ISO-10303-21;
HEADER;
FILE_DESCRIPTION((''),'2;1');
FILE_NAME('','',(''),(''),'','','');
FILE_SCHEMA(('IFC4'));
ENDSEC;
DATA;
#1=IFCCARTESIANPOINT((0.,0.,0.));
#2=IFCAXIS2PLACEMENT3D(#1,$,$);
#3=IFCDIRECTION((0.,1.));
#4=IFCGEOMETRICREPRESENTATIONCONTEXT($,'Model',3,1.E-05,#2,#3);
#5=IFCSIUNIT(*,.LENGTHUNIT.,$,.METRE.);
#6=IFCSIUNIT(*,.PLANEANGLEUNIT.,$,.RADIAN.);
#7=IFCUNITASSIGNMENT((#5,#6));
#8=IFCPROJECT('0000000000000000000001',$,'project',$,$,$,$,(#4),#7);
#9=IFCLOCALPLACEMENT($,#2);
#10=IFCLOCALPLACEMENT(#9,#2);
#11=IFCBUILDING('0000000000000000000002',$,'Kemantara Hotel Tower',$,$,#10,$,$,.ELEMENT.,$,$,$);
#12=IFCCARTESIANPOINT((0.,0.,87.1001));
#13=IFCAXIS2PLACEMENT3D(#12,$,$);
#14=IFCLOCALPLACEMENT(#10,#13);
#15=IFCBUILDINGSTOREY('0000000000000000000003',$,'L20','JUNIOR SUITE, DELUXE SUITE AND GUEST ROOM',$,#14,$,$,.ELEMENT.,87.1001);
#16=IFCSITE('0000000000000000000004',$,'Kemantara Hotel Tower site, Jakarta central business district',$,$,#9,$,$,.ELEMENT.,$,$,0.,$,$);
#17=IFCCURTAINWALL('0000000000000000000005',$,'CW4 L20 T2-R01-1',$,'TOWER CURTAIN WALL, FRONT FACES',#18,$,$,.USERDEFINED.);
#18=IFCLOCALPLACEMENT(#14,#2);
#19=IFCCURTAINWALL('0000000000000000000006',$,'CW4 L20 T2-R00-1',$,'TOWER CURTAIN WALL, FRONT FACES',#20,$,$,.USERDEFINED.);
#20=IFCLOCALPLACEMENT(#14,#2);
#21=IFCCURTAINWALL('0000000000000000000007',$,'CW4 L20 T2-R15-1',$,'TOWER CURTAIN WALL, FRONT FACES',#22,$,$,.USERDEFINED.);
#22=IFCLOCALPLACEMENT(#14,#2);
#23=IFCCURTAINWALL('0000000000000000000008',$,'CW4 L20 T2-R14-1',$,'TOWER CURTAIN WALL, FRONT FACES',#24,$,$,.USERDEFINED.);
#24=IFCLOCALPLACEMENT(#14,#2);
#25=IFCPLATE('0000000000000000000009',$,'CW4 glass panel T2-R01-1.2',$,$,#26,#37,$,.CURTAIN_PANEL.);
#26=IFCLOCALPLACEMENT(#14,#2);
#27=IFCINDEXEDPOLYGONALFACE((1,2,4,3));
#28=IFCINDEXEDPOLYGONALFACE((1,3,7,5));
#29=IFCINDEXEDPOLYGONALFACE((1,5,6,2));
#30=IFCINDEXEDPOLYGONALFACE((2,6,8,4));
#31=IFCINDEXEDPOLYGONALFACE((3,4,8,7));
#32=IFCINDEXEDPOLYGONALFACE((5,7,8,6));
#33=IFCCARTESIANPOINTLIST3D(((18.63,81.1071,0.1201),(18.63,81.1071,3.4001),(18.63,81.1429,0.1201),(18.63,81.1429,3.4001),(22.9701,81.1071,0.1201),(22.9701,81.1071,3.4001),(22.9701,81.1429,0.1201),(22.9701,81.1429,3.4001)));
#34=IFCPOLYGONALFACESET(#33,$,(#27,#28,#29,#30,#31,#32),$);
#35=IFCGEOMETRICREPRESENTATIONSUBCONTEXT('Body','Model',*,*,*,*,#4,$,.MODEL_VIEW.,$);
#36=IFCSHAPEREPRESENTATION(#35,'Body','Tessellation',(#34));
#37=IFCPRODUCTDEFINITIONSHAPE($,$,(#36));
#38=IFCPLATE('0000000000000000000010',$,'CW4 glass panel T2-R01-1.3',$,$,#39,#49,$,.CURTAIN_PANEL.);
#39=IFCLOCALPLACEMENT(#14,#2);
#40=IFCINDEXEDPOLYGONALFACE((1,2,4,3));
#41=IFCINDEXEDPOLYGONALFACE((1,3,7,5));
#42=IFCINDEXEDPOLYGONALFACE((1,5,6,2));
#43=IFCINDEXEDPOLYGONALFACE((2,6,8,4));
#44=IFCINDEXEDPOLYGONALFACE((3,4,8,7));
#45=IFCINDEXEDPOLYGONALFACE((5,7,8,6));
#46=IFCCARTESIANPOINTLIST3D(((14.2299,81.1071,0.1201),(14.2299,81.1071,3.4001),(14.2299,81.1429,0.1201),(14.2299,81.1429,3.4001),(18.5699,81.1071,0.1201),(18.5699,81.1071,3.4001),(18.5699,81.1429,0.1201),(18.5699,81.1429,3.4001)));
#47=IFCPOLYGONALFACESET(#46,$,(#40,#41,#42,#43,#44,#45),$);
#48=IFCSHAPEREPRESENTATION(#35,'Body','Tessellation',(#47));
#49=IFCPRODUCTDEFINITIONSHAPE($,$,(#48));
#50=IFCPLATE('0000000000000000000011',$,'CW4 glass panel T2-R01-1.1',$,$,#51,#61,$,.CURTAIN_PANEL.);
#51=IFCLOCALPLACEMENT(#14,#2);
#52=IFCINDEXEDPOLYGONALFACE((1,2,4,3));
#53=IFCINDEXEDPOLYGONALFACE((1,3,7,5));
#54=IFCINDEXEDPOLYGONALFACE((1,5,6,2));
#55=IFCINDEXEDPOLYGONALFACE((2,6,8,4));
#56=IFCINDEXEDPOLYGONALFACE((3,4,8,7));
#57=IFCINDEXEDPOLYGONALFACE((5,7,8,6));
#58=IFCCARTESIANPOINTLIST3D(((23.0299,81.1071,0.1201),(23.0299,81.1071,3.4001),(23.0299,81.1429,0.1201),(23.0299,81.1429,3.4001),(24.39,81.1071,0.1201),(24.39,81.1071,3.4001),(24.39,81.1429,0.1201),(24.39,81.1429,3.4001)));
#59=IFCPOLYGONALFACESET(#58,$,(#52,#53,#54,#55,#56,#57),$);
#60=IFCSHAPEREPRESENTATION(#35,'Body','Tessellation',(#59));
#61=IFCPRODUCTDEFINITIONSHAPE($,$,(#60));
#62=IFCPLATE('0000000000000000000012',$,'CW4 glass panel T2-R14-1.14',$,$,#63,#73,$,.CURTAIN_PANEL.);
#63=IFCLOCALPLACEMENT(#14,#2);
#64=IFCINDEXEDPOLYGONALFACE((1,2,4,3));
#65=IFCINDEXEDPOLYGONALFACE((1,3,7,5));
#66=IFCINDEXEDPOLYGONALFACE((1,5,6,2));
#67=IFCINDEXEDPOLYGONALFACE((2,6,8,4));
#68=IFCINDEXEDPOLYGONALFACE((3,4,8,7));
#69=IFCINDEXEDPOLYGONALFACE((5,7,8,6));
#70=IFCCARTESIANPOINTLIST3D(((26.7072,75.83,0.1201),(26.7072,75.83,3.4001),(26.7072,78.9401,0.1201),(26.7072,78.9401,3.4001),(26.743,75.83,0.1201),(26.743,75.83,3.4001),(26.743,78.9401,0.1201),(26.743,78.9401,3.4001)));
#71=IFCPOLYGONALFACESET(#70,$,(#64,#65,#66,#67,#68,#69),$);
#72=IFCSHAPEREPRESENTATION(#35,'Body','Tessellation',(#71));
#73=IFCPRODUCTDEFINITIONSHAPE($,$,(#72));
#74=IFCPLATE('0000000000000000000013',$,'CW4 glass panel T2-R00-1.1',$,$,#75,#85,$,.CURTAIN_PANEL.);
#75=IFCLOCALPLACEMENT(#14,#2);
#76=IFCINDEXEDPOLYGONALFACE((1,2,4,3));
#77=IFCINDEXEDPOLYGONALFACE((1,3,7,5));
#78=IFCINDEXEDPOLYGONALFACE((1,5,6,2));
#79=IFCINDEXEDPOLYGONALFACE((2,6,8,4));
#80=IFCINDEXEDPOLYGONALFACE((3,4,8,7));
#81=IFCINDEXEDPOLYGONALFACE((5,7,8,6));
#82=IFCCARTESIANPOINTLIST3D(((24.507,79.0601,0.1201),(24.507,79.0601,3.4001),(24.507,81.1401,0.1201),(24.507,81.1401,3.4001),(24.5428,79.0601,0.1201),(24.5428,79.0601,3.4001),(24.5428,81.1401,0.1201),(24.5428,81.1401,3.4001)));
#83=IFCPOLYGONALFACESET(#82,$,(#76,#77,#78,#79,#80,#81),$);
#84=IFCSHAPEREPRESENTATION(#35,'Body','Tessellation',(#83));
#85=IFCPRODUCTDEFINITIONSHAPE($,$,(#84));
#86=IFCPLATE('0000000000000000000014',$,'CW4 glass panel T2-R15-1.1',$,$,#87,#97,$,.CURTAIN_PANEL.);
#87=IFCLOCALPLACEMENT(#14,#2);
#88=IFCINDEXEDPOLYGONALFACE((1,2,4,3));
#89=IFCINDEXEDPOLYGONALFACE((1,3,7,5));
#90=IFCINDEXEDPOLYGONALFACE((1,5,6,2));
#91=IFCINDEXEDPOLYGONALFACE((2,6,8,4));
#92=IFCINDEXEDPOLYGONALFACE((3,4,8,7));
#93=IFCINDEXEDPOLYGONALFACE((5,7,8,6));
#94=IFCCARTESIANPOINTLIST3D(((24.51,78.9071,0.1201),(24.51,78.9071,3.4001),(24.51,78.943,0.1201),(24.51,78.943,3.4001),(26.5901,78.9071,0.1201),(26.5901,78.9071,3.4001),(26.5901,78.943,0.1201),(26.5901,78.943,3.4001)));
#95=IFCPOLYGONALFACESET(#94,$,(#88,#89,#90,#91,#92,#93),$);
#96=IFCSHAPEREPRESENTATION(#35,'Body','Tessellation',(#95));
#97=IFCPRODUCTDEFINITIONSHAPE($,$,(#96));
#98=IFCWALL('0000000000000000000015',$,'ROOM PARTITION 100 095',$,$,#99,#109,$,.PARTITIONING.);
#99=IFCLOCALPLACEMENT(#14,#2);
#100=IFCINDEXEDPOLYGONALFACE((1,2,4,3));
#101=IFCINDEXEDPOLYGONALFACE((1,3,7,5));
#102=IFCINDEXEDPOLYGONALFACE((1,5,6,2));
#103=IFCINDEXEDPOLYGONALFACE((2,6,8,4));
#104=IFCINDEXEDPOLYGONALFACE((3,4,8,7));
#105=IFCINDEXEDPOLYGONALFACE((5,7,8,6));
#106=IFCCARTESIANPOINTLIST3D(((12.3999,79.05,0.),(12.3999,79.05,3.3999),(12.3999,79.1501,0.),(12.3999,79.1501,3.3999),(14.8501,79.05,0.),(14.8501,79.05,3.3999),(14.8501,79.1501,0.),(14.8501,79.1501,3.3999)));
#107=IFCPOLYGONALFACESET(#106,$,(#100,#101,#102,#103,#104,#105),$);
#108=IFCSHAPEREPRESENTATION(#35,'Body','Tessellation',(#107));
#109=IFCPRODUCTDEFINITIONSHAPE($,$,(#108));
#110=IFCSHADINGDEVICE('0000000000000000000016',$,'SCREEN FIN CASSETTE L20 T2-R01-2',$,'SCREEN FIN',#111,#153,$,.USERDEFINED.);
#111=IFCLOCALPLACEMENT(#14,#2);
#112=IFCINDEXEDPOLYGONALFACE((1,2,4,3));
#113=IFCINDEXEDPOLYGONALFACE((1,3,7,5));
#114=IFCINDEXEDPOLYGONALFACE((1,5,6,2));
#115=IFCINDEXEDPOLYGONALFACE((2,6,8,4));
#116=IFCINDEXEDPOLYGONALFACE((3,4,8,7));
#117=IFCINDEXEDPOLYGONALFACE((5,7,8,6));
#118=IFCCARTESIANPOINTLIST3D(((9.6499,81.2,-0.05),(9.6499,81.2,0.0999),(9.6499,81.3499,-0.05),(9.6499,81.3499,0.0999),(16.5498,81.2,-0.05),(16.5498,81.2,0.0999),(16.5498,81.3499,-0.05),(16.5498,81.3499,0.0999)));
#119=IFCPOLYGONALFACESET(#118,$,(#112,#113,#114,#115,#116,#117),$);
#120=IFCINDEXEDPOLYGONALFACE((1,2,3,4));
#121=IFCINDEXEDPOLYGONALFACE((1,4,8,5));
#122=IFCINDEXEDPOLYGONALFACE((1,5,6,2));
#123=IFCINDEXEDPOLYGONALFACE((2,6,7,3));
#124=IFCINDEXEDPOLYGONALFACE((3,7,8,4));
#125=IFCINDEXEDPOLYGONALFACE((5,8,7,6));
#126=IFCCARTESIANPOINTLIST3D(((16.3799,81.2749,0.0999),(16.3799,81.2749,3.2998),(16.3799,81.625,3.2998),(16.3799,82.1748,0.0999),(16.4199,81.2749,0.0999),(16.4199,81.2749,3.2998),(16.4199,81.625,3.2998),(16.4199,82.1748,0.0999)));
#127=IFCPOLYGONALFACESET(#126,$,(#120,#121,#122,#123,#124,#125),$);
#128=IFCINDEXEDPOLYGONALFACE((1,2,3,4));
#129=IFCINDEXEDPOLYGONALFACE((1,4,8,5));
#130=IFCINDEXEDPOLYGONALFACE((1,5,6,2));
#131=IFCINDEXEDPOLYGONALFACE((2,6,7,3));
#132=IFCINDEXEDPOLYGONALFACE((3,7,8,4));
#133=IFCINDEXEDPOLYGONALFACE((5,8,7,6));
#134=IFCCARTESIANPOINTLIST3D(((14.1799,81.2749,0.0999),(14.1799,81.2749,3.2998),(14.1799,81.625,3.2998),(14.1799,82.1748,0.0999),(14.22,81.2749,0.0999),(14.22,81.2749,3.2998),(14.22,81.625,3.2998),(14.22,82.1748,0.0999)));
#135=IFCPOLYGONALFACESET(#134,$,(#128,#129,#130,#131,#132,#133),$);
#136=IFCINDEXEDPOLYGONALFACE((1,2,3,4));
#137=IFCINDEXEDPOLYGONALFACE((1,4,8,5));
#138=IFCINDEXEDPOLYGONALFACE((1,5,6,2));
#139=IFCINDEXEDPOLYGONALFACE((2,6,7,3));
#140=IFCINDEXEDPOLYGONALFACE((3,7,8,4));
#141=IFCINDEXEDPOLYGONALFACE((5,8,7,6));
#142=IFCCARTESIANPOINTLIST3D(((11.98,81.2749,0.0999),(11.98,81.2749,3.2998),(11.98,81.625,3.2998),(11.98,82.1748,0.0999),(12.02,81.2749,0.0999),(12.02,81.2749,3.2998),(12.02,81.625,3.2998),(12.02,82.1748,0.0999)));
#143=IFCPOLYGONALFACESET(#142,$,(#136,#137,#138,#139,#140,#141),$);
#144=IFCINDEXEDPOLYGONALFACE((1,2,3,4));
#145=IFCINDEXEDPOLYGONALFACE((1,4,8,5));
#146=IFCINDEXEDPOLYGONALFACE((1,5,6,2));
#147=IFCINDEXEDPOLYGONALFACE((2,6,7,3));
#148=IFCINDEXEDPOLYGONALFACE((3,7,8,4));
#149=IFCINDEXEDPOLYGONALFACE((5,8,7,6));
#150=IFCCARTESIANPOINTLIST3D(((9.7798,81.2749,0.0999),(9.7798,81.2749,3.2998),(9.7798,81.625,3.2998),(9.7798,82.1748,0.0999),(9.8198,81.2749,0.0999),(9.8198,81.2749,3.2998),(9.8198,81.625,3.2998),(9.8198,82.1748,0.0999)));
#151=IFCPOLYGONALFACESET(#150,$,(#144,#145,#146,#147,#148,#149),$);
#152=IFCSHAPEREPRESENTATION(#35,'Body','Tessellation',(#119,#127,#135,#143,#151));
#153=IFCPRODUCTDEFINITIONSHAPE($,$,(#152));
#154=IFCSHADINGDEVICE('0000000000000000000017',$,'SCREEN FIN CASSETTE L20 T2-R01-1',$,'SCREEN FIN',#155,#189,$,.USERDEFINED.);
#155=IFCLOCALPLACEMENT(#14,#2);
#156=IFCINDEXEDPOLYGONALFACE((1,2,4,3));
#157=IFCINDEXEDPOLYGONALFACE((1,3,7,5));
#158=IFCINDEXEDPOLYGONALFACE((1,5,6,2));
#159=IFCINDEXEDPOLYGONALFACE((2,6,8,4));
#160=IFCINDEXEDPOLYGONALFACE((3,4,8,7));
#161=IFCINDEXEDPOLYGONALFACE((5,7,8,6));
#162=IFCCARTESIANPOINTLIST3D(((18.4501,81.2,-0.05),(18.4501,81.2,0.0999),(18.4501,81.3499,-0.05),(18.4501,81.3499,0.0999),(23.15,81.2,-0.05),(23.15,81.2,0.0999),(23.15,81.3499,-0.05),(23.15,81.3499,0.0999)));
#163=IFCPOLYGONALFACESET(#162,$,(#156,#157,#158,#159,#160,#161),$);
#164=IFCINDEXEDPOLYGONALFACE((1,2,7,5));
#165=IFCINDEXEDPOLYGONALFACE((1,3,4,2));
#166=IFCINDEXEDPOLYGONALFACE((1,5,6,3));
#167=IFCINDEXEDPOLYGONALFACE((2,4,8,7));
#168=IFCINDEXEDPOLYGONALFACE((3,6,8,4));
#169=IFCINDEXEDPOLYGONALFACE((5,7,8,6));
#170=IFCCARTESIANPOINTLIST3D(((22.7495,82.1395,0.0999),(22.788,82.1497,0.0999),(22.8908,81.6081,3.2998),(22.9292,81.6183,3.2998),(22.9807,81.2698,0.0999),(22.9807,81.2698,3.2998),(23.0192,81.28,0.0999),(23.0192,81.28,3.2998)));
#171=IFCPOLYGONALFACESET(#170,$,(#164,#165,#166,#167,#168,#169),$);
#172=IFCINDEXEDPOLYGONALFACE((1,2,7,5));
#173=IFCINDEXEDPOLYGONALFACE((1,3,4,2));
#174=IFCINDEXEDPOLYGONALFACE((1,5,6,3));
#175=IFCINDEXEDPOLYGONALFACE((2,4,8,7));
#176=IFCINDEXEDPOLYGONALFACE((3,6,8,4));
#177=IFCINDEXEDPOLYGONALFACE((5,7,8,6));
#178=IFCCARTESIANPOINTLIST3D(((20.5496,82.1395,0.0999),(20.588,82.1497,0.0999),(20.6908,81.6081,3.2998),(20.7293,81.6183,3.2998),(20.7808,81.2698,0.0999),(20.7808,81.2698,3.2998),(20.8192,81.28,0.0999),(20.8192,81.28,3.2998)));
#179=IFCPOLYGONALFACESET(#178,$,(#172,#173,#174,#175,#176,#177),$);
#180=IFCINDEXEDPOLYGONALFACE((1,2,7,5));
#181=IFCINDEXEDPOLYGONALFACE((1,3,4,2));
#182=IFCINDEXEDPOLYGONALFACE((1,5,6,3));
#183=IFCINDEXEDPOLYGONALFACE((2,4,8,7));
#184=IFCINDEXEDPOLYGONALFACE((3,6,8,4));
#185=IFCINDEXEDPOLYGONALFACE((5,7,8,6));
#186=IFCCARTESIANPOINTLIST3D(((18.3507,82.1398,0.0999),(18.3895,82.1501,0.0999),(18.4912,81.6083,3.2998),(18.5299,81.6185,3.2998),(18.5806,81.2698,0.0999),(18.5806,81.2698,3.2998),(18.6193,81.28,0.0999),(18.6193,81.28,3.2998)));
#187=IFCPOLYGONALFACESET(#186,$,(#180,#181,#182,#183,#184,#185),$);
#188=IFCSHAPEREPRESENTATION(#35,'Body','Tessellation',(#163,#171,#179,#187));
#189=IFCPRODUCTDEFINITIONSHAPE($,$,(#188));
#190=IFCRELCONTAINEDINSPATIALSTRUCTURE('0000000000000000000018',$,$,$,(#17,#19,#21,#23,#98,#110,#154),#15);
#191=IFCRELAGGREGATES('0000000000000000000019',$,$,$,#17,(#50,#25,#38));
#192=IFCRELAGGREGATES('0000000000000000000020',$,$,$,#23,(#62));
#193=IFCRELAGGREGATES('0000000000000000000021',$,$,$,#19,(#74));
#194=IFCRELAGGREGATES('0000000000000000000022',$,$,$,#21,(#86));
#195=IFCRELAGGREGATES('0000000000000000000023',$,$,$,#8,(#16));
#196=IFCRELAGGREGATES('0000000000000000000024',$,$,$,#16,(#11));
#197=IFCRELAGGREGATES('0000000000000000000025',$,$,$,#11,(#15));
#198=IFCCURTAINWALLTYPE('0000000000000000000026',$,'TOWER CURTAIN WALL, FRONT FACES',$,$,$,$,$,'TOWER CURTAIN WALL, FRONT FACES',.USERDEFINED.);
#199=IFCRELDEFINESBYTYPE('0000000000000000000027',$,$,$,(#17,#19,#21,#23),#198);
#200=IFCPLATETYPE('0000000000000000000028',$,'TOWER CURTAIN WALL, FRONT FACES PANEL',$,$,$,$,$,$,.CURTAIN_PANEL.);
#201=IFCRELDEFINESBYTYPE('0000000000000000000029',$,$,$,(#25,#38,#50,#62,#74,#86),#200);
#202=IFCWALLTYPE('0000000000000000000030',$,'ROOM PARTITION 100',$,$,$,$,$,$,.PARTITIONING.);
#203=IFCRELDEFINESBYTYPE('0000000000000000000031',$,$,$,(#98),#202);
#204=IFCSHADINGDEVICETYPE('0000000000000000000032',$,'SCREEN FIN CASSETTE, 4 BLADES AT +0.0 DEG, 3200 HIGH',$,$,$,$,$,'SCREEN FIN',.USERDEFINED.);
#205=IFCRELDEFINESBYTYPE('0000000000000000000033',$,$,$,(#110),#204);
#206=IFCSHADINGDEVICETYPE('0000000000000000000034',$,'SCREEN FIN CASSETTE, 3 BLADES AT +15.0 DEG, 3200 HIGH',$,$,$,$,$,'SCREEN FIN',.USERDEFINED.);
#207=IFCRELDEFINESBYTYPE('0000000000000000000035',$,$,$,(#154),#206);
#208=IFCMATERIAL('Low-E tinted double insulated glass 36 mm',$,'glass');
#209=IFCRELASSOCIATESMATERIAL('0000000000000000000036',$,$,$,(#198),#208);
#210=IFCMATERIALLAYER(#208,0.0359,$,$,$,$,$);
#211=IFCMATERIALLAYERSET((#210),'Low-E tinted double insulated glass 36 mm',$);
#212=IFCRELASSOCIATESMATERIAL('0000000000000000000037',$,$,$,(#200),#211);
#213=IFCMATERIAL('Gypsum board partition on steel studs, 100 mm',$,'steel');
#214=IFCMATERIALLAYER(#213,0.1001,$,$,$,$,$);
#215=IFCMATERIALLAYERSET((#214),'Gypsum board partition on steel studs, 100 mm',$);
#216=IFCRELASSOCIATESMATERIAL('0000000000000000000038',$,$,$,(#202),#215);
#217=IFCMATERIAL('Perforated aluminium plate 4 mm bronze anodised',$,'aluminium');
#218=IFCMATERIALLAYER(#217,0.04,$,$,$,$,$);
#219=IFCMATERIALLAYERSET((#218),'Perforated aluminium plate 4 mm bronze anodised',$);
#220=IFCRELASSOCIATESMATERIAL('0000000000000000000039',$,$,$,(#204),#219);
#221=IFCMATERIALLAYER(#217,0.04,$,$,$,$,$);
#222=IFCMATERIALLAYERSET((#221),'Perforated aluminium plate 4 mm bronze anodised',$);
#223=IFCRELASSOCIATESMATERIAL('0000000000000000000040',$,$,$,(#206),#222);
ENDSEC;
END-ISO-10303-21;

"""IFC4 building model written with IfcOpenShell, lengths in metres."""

from ifc_helpers import new_model, si_unit, direction, frame, frame_2d, origin, origin_2d, place, context, subcontext, project, spatial, polyline, rectangle, outline, extrude, source, transform, mapped, material, layer, layer_set, type_object, element, aggregate, save


model = new_model("IFC4")

# Units and contexts
model_context = context("Model", 3, precision=1e-05, world=origin(), true_north=direction((0.0, 1.0)))
body_context = subcontext(model_context, "Body", "Model", "MODEL_VIEW")
ifc_project = project(units=[si_unit("LENGTHUNIT", "METRE"), si_unit("PLANEANGLEUNIT", "RADIAN")], contexts=[model_context])

# Site, building, storey
site_placement = place(None, origin())
site = spatial("IfcSite", under=ifc_project, at=site_placement, Name="Kemantara Hotel Tower site, Jakarta central business district", CompositionType="ELEMENT", RefElevation=0.0)
building_placement = place(site_placement, origin())
building = spatial("IfcBuilding", under=site, at=building_placement, Name="Kemantara Hotel Tower", CompositionType="ELEMENT")
storey_placement = place(building_placement, frame((0.0, 0.0, 87.1001)))
storey = spatial("IfcBuildingStorey", under=building, at=storey_placement, Name="L20", Description="JUNIOR SUITE, DELUXE SUITE AND GUEST ROOM", CompositionType="ELEMENT", Elevation=87.1001)

# Curtain walls
ifc_material_1 = material(Name="Low-E tinted double insulated glass 36 mm", Category="glass")
curtain_wall_type = type_object("IfcCurtainWallType", Name="TOWER CURTAIN WALL, FRONT FACES", ElementType="TOWER CURTAIN WALL, FRONT FACES", PredefinedType="USERDEFINED", material=ifc_material_1)
curtain_wall_1_placement = place(storey_placement, origin())
curtain_wall_1 = element("IfcCurtainWall", 1, at=curtain_wall_1_placement, inside=storey, type_object=curtain_wall_type, Name="CW4 L20 T2-R01-1", ObjectType="TOWER CURTAIN WALL, FRONT FACES", PredefinedType="USERDEFINED")
curtain_wall_2_placement = place(storey_placement, origin())
curtain_wall_2 = element("IfcCurtainWall", 2, at=curtain_wall_2_placement, inside=storey, type_object=curtain_wall_type, Name="CW4 L20 T2-R00-1", ObjectType="TOWER CURTAIN WALL, FRONT FACES", PredefinedType="USERDEFINED")
curtain_wall_3_placement = place(storey_placement, origin())
curtain_wall_3 = element("IfcCurtainWall", 3, at=curtain_wall_3_placement, inside=storey, type_object=curtain_wall_type, Name="CW4 L20 T2-R15-1", ObjectType="TOWER CURTAIN WALL, FRONT FACES", PredefinedType="USERDEFINED")

# Curtain wall
curtain_wall_4_placement = place(storey_placement, origin())
curtain_wall_4 = element("IfcCurtainWall", 4, at=curtain_wall_4_placement, inside=storey, type_object=curtain_wall_type, Name="CW4 L20 T2-R14-1", ObjectType="TOWER CURTAIN WALL, FRONT FACES", PredefinedType="USERDEFINED")

# Plates
ifc_layer_1 = layer(ifc_material_1, 0.0359)
ifc_layer_set_1 = layer_set([ifc_layer_1], Name="Low-E tinted double insulated glass 36 mm")
plate_type = type_object("IfcPlateType", Name="TOWER CURTAIN WALL, FRONT FACES PANEL", PredefinedType="CURTAIN_PANEL", material=ifc_layer_set_1)
shared_shape_1 = source(origin(), body_context, "Body", "SweptSolid", [
    extrude(rectangle(XDim=4.3401, YDim=0.0359, at=origin_2d()), origin(), (0.0, 0.0, 1.0), 3.28),
])
plate_1_placement = place(storey_placement, frame((20.8, 81.125, 0.1201), z_axis=(0.0, 0.0, 1.0), x_axis=(-1.0, 0.0, 0.0)))
plate_1 = element("IfcPlate", 5, at=plate_1_placement, type_object=plate_type, Name="CW4 glass panel T2-R01-1.2", PredefinedType="CURTAIN_PANEL", context=body_context, shape_type="MappedRepresentation", body=[
    mapped(shared_shape_1, transform((0.0, 0.0, 0.0))),
])
plate_2_placement = place(storey_placement, frame((16.3999, 81.125, 0.1201), z_axis=(0.0, 0.0, 1.0), x_axis=(-1.0, 0.0, 0.0)))
plate_2 = element("IfcPlate", 6, at=plate_2_placement, type_object=plate_type, Name="CW4 glass panel T2-R01-1.3", PredefinedType="CURTAIN_PANEL", context=body_context, shape_type="MappedRepresentation", body=[
    mapped(shared_shape_1, transform((0.0, 0.0, 0.0))),
])
shared_shape_2 = source(origin(), body_context, "Body", "SweptSolid", [
    extrude(rectangle(XDim=1.3601, YDim=0.0359, at=origin_2d()), origin(), (0.0, 0.0, 1.0), 3.28),
])
plate_3_placement = place(storey_placement, frame((23.71, 81.125, 0.1201), z_axis=(0.0, 0.0, 1.0), x_axis=(-1.0, 0.0, 0.0)))
plate_3 = element("IfcPlate", 7, at=plate_3_placement, type_object=plate_type, Name="CW4 glass panel T2-R01-1.1", PredefinedType="CURTAIN_PANEL", context=body_context, shape_type="MappedRepresentation", body=[
    mapped(shared_shape_2, transform((0.0, 0.0, 0.0))),
])
aggregate(curtain_wall_1, [plate_3, plate_1, plate_2])
shared_shape_3 = source(origin(), body_context, "Body", "SweptSolid", [
    extrude(rectangle(XDim=3.1101, YDim=0.0359, at=origin_2d()), origin(), (0.0, 0.0, 1.0), 3.28),
])
plate_4_placement = place(storey_placement, frame((26.7251, 77.385, 0.1201), z_axis=(0.0, 0.0, 1.0), x_axis=(0.0, 1.0, 0.0)))
plate_4 = element("IfcPlate", 8, at=plate_4_placement, type_object=plate_type, Name="CW4 glass panel T2-R14-1.14", PredefinedType="CURTAIN_PANEL", context=body_context, shape_type="MappedRepresentation", body=[
    mapped(shared_shape_3, transform((0.0, 0.0, 0.0))),
])
aggregate(curtain_wall_4, [plate_4])
shared_shape_4 = source(origin(), body_context, "Body", "SweptSolid", [
    extrude(rectangle(XDim=2.0801, YDim=0.0359, at=origin_2d()), origin(), (0.0, 0.0, 1.0), 3.28),
])
plate_5_placement = place(storey_placement, frame((24.5249, 80.1001, 0.1201), z_axis=(0.0, 0.0, 1.0), x_axis=(0.0, 1.0, 0.0)))
plate_5 = element("IfcPlate", 9, at=plate_5_placement, type_object=plate_type, Name="CW4 glass panel T2-R00-1.1", PredefinedType="CURTAIN_PANEL", context=body_context, shape_type="MappedRepresentation", body=[
    mapped(shared_shape_4, transform((0.0, 0.0, 0.0))),
])
aggregate(curtain_wall_2, [plate_5])
plate_6_placement = place(storey_placement, frame((25.55, 78.925, 0.1201), z_axis=(0.0, 0.0, 1.0), x_axis=(-1.0, 0.0, 0.0)))
plate_6 = element("IfcPlate", 10, at=plate_6_placement, type_object=plate_type, Name="CW4 glass panel T2-R15-1.1", PredefinedType="CURTAIN_PANEL", context=body_context, shape_type="MappedRepresentation", body=[
    mapped(shared_shape_4, transform((0.0, 0.0, 0.0))),
])
aggregate(curtain_wall_3, [plate_6])

# Wall
ifc_material_2 = material(Name="Gypsum board partition on steel studs, 100 mm", Category="steel")
ifc_layer_2 = layer(ifc_material_2, 0.1001)
ifc_layer_set_2 = layer_set([ifc_layer_2], Name="Gypsum board partition on steel studs, 100 mm")
wall_type = type_object("IfcWallType", Name="ROOM PARTITION 100", PredefinedType="PARTITIONING", material=ifc_layer_set_2)
wall_placement = place(storey_placement, frame((12.3999, 79.1001, 0.0), z_axis=(0.0, 0.0, 1.0), x_axis=(1.0, 0.0, 0.0)))
element("IfcWall", 11, at=wall_placement, inside=storey, type_object=wall_type, Name="ROOM PARTITION 100 095", PredefinedType="PARTITIONING", context=body_context, shape_type="SweptSolid", body=[
    extrude(rectangle(XDim=2.4502, YDim=0.1001, at=frame_2d((1.2251, 0.0))), origin(), (0.0, 0.0, 1.0), 3.3999),
])

# Shading devices
ifc_material_3 = material(Name="Perforated aluminium plate 4 mm bronze anodised", Category="aluminium")
ifc_layer_3 = layer(ifc_material_3, 0.04)
ifc_layer_set_3 = layer_set([ifc_layer_3], Name="Perforated aluminium plate 4 mm bronze anodised")
shading_device_type_1 = type_object("IfcShadingDeviceType", Name="SCREEN FIN CASSETTE, 4 BLADES AT +0.0 DEG, 3200 HIGH", ElementType="SCREEN FIN", PredefinedType="USERDEFINED", material=ifc_layer_set_3)
shared_shape_5 = source(origin(), body_context, "Body", "SweptSolid", [
    extrude(rectangle(XDim=6.8999, YDim=0.1499, at=origin_2d()), frame((3.3, -0.075, -0.1499), z_axis=(0.0, 0.0, 1.0), x_axis=(1.0, 0.0, 0.0)), (0.0, 0.0, 1.0), 0.1499),
    extrude(outline(polyline([(0.0, 0.0), (0.8999, 0.0), (0.3501, 3.2), (0.0, 3.2), (0.0, 0.0)])), frame((0.02, -0.075, 0.0), z_axis=(-1.0, 0.0, 0.0), x_axis=(0.0, -1.0, 0.0)), (0.0, 0.0, 1.0), 0.04),
    extrude(outline(polyline([(0.0, 0.0), (0.8999, 0.0), (0.3501, 3.2), (0.0, 3.2), (0.0, 0.0)])), frame((2.22, -0.075, 0.0), z_axis=(-1.0, 0.0, 0.0), x_axis=(0.0, -1.0, 0.0)), (0.0, 0.0, 1.0), 0.04),
    extrude(outline(polyline([(0.0, 0.0), (0.8999, 0.0), (0.3501, 3.2), (0.0, 3.2), (0.0, 0.0)])), frame((4.4199, -0.075, 0.0), z_axis=(-1.0, 0.0, 0.0), x_axis=(0.0, -1.0, 0.0)), (0.0, 0.0, 1.0), 0.04),
    extrude(outline(polyline([(0.0, 0.0), (0.8999, 0.0), (0.3501, 3.2), (0.0, 3.2), (0.0, 0.0)])), frame((6.6201, -0.075, 0.0), z_axis=(-1.0, 0.0, 0.0), x_axis=(0.0, -1.0, 0.0)), (0.0, 0.0, 1.0), 0.04),
])
shading_device_1_placement = place(storey_placement, frame((16.3999, 81.2, 0.0999), z_axis=(0.0, 0.0, 1.0), x_axis=(-1.0, 0.0, 0.0)))
element("IfcShadingDevice", 12, at=shading_device_1_placement, inside=storey, type_object=shading_device_type_1, Name="SCREEN FIN CASSETTE L20 T2-R01-2", ObjectType="SCREEN FIN", PredefinedType="USERDEFINED", context=body_context, shape_type="MappedRepresentation", body=[
    mapped(shared_shape_5, transform((0.0, 0.0, 0.0))),
])
ifc_layer_4 = layer(ifc_material_3, 0.04)
ifc_layer_set_4 = layer_set([ifc_layer_4], Name="Perforated aluminium plate 4 mm bronze anodised")
shading_device_type_2 = type_object("IfcShadingDeviceType", Name="SCREEN FIN CASSETTE, 3 BLADES AT +15.0 DEG, 3200 HIGH", ElementType="SCREEN FIN", PredefinedType="USERDEFINED", material=ifc_layer_set_4)
shared_shape_6 = source(origin(), body_context, "Body", "SweptSolid", [
    extrude(rectangle(XDim=4.7, YDim=0.1499, at=origin_2d()), frame((2.2, -0.075, -0.1499), z_axis=(0.0, 0.0, 1.0), x_axis=(1.0, 0.0, 0.0)), (0.0, 0.0, 1.0), 0.1499),
    extrude(outline(polyline([(0.0, 0.0), (0.8999, 0.0), (0.3501, 3.2), (0.0, 3.2), (0.0, 0.0)])), frame((0.0193, -0.0698, 0.0), z_axis=(-0.966438, -0.256901, 0.0), x_axis=(0.256901, -0.966438, 0.0)), (0.0, 0.0, 1.0), 0.0398),
    extrude(outline(polyline([(0.0, 0.0), (0.8999, 0.0), (0.3501, 3.2), (0.0, 3.2), (0.0, 0.0)])), frame((2.2192, -0.0698, 0.0), z_axis=(-0.966438, -0.256901, 0.0), x_axis=(0.256901, -0.966438, 0.0)), (0.0, 0.0, 1.0), 0.0398),
    extrude(outline(polyline([(0.0, 0.0), (0.8999, 0.0), (0.3501, 3.2), (0.0, 3.2), (0.0, 0.0)])), frame((4.4194, -0.0698, 0.0), z_axis=(-0.966838, -0.255391, 0.0), x_axis=(0.255391, -0.966838, 0.0)), (0.0, 0.0, 1.0), 0.04),
])
shading_device_2_placement = place(storey_placement, frame((23.0, 81.2, 0.0999), z_axis=(0.0, 0.0, 1.0), x_axis=(-1.0, 0.0, 0.0)))
element("IfcShadingDevice", 13, at=shading_device_2_placement, inside=storey, type_object=shading_device_type_2, Name="SCREEN FIN CASSETTE L20 T2-R01-1", ObjectType="SCREEN FIN", PredefinedType="USERDEFINED", context=body_context, shape_type="MappedRepresentation", body=[
    mapped(shared_shape_6, transform((0.0, 0.0, 0.0))),
])

save(model, "model.ifc")
